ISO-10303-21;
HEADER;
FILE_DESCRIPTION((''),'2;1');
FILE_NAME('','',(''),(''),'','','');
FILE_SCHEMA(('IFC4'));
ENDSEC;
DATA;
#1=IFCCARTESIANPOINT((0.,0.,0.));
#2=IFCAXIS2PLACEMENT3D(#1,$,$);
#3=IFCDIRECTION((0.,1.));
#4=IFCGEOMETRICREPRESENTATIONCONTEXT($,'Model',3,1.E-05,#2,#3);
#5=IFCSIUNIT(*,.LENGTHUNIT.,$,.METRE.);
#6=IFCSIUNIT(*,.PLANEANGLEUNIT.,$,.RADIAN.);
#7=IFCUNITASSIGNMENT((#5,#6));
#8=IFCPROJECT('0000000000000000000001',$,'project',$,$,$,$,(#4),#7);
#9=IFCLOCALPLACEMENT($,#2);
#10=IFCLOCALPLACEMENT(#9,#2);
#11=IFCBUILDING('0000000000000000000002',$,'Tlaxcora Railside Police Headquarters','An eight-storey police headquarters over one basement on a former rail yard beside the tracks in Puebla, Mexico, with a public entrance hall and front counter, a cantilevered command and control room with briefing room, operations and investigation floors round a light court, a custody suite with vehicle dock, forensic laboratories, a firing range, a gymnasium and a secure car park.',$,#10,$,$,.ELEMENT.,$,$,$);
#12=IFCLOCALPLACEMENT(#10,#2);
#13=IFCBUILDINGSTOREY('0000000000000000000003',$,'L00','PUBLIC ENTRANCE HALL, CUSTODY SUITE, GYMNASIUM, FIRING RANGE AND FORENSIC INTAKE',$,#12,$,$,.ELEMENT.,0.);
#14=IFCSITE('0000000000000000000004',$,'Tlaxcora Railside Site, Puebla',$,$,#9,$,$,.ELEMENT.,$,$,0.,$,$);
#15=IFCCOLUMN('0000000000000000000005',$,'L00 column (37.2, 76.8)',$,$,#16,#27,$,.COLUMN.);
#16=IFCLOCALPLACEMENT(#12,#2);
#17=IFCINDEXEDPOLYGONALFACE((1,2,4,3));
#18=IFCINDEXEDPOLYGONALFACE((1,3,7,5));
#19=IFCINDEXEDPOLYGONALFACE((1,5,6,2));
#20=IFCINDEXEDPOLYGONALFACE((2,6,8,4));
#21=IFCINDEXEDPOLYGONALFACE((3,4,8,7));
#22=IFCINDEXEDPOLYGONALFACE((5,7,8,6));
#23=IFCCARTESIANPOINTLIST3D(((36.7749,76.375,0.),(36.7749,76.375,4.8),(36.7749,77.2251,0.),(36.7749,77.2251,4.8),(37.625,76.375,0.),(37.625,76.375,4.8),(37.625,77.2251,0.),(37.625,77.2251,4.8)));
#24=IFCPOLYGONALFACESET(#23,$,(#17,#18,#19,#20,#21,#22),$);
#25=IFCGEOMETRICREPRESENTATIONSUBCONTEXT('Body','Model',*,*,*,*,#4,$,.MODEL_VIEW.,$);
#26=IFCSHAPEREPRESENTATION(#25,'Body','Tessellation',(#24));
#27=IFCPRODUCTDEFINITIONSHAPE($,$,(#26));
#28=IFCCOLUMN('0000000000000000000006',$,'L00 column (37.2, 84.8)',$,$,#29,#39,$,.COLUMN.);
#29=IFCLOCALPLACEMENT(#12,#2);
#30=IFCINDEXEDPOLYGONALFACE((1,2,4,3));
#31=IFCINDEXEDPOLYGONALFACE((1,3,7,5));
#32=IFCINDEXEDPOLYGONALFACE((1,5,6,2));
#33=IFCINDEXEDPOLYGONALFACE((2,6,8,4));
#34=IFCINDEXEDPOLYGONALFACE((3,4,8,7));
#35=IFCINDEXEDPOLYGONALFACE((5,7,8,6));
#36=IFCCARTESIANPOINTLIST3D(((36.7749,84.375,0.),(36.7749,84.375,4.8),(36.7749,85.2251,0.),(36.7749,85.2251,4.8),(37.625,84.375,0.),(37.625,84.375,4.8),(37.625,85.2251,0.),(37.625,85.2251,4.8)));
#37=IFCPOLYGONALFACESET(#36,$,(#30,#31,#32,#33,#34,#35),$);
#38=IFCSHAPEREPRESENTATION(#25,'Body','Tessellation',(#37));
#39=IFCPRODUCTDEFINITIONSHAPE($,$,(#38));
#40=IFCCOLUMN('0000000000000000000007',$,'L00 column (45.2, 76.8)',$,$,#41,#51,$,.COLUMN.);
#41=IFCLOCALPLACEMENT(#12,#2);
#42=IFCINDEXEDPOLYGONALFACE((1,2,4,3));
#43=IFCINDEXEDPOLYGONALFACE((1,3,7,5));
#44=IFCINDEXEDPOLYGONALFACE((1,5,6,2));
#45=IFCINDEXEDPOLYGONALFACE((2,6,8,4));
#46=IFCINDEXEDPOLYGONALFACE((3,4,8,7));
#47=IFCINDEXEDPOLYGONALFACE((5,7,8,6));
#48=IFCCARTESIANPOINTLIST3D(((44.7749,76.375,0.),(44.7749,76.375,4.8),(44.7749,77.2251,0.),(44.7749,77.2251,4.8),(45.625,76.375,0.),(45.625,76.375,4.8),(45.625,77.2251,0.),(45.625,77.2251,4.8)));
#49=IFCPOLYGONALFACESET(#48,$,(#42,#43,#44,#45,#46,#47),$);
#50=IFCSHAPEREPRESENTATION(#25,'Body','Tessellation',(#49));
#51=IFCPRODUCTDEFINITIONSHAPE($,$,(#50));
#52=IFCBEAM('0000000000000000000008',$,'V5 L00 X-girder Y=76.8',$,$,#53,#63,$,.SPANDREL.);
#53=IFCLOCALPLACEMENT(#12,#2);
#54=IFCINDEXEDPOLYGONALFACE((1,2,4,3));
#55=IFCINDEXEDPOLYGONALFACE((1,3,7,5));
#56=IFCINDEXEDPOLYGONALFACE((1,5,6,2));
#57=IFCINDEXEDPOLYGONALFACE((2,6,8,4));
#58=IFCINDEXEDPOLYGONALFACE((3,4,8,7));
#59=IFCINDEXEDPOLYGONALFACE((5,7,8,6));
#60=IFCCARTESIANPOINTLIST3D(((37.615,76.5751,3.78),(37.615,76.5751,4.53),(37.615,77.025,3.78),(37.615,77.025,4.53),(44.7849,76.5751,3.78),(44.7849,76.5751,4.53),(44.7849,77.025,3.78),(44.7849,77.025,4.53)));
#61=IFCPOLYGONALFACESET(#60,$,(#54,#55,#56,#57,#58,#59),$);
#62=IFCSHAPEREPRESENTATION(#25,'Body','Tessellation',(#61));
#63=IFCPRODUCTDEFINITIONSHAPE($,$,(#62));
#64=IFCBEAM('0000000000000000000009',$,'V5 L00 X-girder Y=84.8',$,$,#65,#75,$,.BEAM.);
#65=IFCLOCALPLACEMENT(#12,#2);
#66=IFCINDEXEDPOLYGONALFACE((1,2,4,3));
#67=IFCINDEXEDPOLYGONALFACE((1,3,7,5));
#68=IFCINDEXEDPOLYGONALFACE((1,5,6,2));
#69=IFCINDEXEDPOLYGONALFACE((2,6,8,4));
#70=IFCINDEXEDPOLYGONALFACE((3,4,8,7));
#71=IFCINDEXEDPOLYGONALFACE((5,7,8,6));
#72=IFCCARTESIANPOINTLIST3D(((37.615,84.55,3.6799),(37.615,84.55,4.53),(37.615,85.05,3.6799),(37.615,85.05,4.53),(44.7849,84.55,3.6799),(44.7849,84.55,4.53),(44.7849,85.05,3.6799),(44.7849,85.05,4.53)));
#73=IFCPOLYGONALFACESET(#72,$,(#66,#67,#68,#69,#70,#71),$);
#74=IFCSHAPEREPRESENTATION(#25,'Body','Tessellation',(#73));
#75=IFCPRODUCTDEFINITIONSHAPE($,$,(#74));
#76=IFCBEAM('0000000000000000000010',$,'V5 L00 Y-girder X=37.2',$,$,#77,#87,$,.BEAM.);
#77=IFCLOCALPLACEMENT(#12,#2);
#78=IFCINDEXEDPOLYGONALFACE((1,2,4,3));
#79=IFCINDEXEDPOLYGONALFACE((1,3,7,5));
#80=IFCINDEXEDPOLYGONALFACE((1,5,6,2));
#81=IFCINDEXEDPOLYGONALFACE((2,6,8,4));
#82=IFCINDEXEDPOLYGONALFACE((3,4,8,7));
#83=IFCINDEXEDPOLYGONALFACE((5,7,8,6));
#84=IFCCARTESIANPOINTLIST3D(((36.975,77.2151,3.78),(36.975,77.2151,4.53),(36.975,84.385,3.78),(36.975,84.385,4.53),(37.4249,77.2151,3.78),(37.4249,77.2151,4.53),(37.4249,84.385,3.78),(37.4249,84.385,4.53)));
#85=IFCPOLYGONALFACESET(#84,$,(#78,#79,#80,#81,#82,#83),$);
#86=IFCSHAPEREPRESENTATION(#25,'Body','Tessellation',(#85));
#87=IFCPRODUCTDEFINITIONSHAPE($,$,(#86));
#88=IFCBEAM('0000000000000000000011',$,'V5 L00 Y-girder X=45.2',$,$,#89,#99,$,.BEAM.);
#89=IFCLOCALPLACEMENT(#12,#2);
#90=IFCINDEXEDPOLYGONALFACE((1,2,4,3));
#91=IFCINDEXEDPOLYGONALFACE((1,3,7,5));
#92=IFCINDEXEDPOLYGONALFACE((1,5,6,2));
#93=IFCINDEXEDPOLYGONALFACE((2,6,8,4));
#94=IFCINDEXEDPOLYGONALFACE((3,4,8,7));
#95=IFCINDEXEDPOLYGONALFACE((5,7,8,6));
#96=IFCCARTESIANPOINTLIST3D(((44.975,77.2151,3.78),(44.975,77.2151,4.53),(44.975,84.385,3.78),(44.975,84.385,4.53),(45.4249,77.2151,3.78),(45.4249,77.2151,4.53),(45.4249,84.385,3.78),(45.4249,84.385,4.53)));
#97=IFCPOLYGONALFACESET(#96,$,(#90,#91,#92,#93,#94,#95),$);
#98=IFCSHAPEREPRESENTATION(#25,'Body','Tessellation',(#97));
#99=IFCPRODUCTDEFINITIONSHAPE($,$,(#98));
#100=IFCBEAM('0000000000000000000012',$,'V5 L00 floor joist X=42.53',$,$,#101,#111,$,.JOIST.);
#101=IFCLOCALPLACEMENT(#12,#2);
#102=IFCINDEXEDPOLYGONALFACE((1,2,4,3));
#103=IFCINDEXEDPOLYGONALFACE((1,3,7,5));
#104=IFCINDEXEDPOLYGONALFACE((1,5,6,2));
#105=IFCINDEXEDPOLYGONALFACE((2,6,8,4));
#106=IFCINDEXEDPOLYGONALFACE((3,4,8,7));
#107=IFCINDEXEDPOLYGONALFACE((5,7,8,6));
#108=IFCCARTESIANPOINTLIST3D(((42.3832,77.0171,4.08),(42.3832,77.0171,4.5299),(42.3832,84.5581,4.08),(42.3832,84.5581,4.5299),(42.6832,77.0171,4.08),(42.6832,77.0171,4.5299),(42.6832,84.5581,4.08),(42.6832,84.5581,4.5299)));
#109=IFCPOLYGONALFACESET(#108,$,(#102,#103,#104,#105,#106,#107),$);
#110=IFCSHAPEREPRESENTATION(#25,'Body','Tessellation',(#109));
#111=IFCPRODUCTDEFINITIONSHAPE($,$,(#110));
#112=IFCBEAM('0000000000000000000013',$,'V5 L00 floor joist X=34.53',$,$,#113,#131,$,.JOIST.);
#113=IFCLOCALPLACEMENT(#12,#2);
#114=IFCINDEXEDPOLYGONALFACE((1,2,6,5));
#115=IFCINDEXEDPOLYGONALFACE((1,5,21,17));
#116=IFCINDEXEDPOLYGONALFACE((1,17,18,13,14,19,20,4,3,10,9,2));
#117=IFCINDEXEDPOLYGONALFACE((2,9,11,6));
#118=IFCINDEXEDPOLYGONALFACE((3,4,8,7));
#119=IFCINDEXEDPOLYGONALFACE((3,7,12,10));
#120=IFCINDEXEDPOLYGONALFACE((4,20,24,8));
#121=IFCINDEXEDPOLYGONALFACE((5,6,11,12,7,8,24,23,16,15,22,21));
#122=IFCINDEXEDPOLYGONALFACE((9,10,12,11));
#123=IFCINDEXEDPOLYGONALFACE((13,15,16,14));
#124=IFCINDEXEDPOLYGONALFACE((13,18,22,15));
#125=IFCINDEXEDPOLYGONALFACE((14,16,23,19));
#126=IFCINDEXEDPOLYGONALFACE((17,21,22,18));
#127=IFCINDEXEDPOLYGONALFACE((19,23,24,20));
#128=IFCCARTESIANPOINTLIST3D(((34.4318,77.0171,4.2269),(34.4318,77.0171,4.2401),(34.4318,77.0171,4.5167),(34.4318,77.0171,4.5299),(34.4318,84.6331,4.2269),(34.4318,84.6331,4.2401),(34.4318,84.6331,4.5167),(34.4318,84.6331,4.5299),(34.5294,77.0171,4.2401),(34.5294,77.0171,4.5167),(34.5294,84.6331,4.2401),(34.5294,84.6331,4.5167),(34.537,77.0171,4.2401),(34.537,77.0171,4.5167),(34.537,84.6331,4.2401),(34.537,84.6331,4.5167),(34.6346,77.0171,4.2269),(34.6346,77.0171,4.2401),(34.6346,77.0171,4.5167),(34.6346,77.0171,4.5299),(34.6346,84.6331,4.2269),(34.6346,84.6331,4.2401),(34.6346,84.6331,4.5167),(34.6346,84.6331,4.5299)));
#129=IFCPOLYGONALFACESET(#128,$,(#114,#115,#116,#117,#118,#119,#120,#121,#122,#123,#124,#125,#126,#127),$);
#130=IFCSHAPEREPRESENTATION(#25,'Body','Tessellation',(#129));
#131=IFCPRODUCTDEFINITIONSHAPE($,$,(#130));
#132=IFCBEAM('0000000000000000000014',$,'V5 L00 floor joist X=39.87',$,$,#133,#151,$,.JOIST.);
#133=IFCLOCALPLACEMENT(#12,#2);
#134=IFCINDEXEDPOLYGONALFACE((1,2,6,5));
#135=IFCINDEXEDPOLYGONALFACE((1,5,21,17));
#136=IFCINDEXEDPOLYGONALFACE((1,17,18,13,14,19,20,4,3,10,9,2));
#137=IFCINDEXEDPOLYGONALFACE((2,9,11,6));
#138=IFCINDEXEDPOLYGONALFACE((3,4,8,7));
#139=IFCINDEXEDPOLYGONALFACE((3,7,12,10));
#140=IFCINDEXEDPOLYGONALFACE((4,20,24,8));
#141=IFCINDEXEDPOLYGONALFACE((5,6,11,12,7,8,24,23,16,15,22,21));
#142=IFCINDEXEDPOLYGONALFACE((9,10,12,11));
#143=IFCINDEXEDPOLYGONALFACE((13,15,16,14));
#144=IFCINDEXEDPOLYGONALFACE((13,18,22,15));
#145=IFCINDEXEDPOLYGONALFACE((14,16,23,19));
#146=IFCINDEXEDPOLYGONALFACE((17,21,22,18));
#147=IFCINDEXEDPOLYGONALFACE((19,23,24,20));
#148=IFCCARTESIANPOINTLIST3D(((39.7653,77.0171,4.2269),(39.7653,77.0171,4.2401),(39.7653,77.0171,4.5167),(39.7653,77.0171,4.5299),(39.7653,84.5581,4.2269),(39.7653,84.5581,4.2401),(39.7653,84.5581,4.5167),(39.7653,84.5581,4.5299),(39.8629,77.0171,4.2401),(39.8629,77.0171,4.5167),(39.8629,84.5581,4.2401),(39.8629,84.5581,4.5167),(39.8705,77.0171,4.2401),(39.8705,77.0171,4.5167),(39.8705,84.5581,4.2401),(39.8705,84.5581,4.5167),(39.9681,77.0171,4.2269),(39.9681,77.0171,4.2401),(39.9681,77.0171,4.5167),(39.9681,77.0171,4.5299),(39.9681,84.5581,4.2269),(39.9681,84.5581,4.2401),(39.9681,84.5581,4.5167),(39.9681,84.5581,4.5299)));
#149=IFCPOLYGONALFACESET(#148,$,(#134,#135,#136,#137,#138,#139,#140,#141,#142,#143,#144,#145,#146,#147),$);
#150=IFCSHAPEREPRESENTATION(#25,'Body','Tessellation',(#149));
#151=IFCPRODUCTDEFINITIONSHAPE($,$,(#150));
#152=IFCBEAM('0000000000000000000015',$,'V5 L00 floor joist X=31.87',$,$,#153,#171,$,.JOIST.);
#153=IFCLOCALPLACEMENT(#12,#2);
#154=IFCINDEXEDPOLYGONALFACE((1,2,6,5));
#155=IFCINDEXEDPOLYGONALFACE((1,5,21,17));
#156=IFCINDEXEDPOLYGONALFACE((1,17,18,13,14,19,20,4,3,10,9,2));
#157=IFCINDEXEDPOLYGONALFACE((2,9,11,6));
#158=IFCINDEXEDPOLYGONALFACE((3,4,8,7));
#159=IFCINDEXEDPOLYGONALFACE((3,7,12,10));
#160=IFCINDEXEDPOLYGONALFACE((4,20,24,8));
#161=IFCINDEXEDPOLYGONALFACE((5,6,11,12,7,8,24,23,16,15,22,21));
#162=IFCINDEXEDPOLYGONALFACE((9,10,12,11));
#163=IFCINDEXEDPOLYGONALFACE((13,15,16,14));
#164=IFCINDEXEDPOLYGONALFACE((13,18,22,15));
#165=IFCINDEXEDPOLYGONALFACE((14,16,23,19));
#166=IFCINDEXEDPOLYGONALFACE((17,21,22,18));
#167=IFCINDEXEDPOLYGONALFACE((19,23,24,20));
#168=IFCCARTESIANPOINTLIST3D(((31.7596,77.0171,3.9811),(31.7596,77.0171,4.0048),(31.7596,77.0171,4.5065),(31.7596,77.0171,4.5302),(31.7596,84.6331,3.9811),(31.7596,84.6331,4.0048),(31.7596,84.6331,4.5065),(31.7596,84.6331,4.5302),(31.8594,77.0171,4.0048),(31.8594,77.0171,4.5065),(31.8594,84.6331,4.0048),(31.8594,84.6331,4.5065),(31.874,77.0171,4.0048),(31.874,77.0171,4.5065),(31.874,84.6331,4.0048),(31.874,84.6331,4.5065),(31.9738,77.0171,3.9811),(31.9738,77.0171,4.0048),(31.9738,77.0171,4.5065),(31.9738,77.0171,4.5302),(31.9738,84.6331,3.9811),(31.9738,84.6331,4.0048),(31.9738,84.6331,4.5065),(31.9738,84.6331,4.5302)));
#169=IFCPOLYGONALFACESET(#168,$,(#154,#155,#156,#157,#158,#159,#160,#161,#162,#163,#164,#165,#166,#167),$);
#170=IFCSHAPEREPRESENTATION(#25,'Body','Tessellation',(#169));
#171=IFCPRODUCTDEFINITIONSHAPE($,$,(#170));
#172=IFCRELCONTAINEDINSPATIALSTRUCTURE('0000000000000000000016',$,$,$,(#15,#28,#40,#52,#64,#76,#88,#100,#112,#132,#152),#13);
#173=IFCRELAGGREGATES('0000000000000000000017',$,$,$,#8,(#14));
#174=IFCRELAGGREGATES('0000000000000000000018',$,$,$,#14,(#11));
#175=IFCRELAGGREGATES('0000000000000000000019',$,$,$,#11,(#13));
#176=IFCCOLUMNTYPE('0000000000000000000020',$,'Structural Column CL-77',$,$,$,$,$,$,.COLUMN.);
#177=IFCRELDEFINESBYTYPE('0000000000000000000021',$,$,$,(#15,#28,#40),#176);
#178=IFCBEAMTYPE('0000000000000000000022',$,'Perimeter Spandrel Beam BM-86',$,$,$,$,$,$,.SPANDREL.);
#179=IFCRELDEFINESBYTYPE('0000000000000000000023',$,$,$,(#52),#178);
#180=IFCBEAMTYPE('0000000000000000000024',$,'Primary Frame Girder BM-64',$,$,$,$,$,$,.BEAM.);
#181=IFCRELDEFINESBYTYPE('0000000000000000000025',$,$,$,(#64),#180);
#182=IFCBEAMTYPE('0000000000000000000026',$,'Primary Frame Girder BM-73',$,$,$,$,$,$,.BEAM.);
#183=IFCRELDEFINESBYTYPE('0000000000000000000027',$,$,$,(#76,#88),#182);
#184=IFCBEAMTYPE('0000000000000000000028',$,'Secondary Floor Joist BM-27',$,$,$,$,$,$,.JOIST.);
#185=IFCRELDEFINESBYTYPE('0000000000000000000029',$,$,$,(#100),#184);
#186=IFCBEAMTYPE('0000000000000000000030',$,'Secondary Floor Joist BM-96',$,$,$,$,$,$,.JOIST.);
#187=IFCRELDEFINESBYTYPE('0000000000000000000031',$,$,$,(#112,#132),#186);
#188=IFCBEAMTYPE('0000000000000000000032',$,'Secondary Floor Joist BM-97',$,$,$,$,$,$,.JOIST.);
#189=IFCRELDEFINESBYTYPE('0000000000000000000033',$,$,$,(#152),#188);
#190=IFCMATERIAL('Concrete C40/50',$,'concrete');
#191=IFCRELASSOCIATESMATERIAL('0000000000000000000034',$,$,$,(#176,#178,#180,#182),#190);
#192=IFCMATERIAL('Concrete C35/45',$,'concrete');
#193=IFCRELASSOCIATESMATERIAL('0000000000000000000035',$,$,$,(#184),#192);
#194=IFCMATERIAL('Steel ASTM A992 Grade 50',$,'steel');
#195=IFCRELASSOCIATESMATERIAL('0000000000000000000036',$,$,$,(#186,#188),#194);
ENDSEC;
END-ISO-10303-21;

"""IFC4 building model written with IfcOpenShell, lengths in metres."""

from ifc_helpers import new_model, si_unit, direction, frame, origin, origin_2d, place, context, subcontext, project, spatial, rectangle, i_section, extrude, material, material_profile, profile_set, type_object, element, save


model = new_model("IFC4")

# Units and contexts
model_context = context("Model", 3, precision=1e-05, world=origin(), true_north=direction((0.0, 1.0)))
body_context = subcontext(model_context, "Body", "Model", "MODEL_VIEW")
ifc_project = project(units=[si_unit("LENGTHUNIT", "METRE"), si_unit("PLANEANGLEUNIT", "RADIAN")], contexts=[model_context])

# Site, building, storey
site_placement = place(None, origin())
site = spatial("IfcSite", under=ifc_project, at=site_placement, Name="Tlaxcora Railside Site, Puebla", CompositionType="ELEMENT", RefElevation=0.0)
building_placement = place(site_placement, origin())
building = spatial("IfcBuilding", under=site, at=building_placement, Name="Tlaxcora Railside Police Headquarters", Description="An eight-storey police headquarters over one basement on a former rail yard beside the tracks in Puebla, Mexico, with a public entrance hall and front counter, a cantilevered command and control room with briefing room, operations and investigation floors round a light court, a custody suite with vehicle dock, forensic laboratories, a firing range, a gymnasium and a secure car park.", CompositionType="ELEMENT")
storey_placement = place(building_placement, origin())
storey = spatial("IfcBuildingStorey", under=building, at=storey_placement, Name="L00", Description="PUBLIC ENTRANCE HALL, CUSTODY SUITE, GYMNASIUM, FIRING RANGE AND FORENSIC INTAKE", CompositionType="ELEMENT", Elevation=0.0)

# Columns
ifc_material_1 = material(Name="Concrete C40/50", Category="concrete")
ifc_material_profile_1 = material_profile(ifc_material_1, rectangle(XDim=0.8501, YDim=0.8501, at=origin_2d()), Name="RC850X850")
ifc_profile_set_1 = profile_set([ifc_material_profile_1], Name="Concrete C40/50")
column_type = type_object("IfcColumnType", Name="Structural Column CL-77", PredefinedType="COLUMN", material=ifc_profile_set_1)
for number, where, z_axis, x_axis, name in (
    (1, (37.2, 76.8, 0.0), (0.0, 0.0, 1.0), (1.0, 0.0, 0.0), "L00 column (37.2, 76.8)"),
    (2, (37.2, 84.8, 0.0), (0.0, 0.0, 1.0), (1.0, 0.0, 0.0), "L00 column (37.2, 84.8)"),
    (3, (45.2, 76.8, 0.0), (0.0, 0.0, 1.0), (1.0, 0.0, 0.0), "L00 column (45.2, 76.8)"),
):
    element("IfcColumn", number, at=place(storey_placement, frame(where, z_axis=z_axis, x_axis=x_axis)), inside=storey, type_object=column_type, Name=name, PredefinedType="COLUMN", context=body_context, shape_type="SweptSolid", body=[
        extrude(rectangle(XDim=0.8501, YDim=0.8501, at=origin_2d()), origin(), (0.0, 0.0, 1.0), 4.8),
    ])

# Beams
ifc_material_profile_2 = material_profile(ifc_material_1, rectangle(XDim=0.45, YDim=0.75, at=origin_2d()), Name="RC450X750")
ifc_profile_set_2 = profile_set([ifc_material_profile_2], Name="Concrete C40/50")
beam_type_1 = type_object("IfcBeamType", Name="Perimeter Spandrel Beam BM-86", PredefinedType="SPANDREL", material=ifc_profile_set_2)
beam_1_placement = place(storey_placement, frame((37.615, 76.8, 4.155), z_axis=(1.0, 0.0, 0.0), x_axis=(0.0, 1.0, 0.0)))
element("IfcBeam", 4, at=beam_1_placement, inside=storey, type_object=beam_type_1, Name="V5 L00 X-girder Y=76.8", PredefinedType="SPANDREL", context=body_context, shape_type="SweptSolid", body=[
    extrude(rectangle(XDim=0.45, YDim=0.75, at=origin_2d()), origin(), (0.0, 0.0, 1.0), 7.1699),
])
ifc_material_profile_3 = material_profile(ifc_material_1, rectangle(XDim=0.5, YDim=0.8501, at=origin_2d()), Name="RC500X850")
ifc_profile_set_3 = profile_set([ifc_material_profile_3], Name="Concrete C40/50")
beam_type_2 = type_object("IfcBeamType", Name="Primary Frame Girder BM-64", PredefinedType="BEAM", material=ifc_profile_set_3)
beam_2_placement = place(storey_placement, frame((37.615, 84.8, 4.105), z_axis=(1.0, 0.0, 0.0), x_axis=(0.0, 1.0, 0.0)))
element("IfcBeam", 5, at=beam_2_placement, inside=storey, type_object=beam_type_2, Name="V5 L00 X-girder Y=84.8", PredefinedType="BEAM", context=body_context, shape_type="SweptSolid", body=[
    extrude(rectangle(XDim=0.5, YDim=0.8501, at=origin_2d()), origin(), (0.0, 0.0, 1.0), 7.1699),
])
ifc_material_profile_4 = material_profile(ifc_material_1, rectangle(XDim=0.45, YDim=0.75, at=origin_2d()), Name="RC450X750")
ifc_profile_set_4 = profile_set([ifc_material_profile_4], Name="Concrete C40/50")
beam_type_3 = type_object("IfcBeamType", Name="Primary Frame Girder BM-73", PredefinedType="BEAM", material=ifc_profile_set_4)
for number, where, z_axis, x_axis, name in (
    (6, (37.2, 77.2151, 4.155), (0.0, 1.0, 0.0), (-1.0, 0.0, 0.0), "V5 L00 Y-girder X=37.2"),
    (7, (45.2, 77.2151, 4.155), (0.0, 1.0, 0.0), (-1.0, 0.0, 0.0), "V5 L00 Y-girder X=45.2"),
):
    element("IfcBeam", number, at=place(storey_placement, frame(where, z_axis=z_axis, x_axis=x_axis)), inside=storey, type_object=beam_type_3, Name=name, PredefinedType="BEAM", context=body_context, shape_type="SweptSolid", body=[
        extrude(rectangle(XDim=0.45, YDim=0.75, at=origin_2d()), origin(), (0.0, 0.0, 1.0), 7.1699),
    ])
ifc_material_2 = material(Name="Concrete C35/45", Category="concrete")
ifc_material_profile_5 = material_profile(ifc_material_2, rectangle(XDim=0.3, YDim=0.45, at=origin_2d()), Name="RC300X450")
ifc_profile_set_5 = profile_set([ifc_material_profile_5], Name="Concrete C35/45")
beam_type_4 = type_object("IfcBeamType", Name="Secondary Floor Joist BM-27", PredefinedType="JOIST", material=ifc_profile_set_5)
beam_3_placement = place(storey_placement, frame((42.5332, 77.0171, 4.3049), z_axis=(0.0, 1.0, 0.0), x_axis=(-1.0, 0.0, 0.0)))
element("IfcBeam", 8, at=beam_3_placement, inside=storey, type_object=beam_type_4, Name="V5 L00 floor joist X=42.53", PredefinedType="JOIST", context=body_context, shape_type="SweptSolid", body=[
    extrude(rectangle(XDim=0.3, YDim=0.45, at=origin_2d()), origin(), (0.0, 0.0, 1.0), 7.541),
])
ifc_material_3 = material(Name="Steel ASTM A992 Grade 50", Category="steel")
ifc_material_profile_6 = material_profile(ifc_material_3, i_section(OverallWidth=0.2029, OverallDepth=0.303, WebThickness=0.0076, FlangeThickness=0.0132, at=origin_2d()), Name="W12X40")
ifc_profile_set_6 = profile_set([ifc_material_profile_6], Name="Steel ASTM A992 Grade 50")
beam_type_5 = type_object("IfcBeamType", Name="Secondary Floor Joist BM-96", PredefinedType="JOIST", material=ifc_profile_set_6)
beam_4_placement = place(storey_placement, frame((34.5332, 77.0171, 4.3784), z_axis=(0.0, 1.0, 0.0), x_axis=(-1.0, 0.0, 0.0)))
element("IfcBeam", 9, at=beam_4_placement, inside=storey, type_object=beam_type_5, Name="V5 L00 floor joist X=34.53", PredefinedType="JOIST", context=body_context, shape_type="SweptSolid", body=[
    extrude(i_section(OverallWidth=0.2029, OverallDepth=0.303, WebThickness=0.0076, FlangeThickness=0.0132, at=origin_2d()), origin(), (0.0, 0.0, 1.0), 7.616),
])
beam_5_placement = place(storey_placement, frame((39.8667, 77.0171, 4.3784), z_axis=(0.0, 1.0, 0.0), x_axis=(-1.0, 0.0, 0.0)))
element("IfcBeam", 10, at=beam_5_placement, inside=storey, type_object=beam_type_5, Name="V5 L00 floor joist X=39.87", PredefinedType="JOIST", context=body_context, shape_type="SweptSolid", body=[
    extrude(i_section(OverallWidth=0.2029, OverallDepth=0.303, WebThickness=0.0076, FlangeThickness=0.0132, at=origin_2d()), origin(), (0.0, 0.0, 1.0), 7.541),
])
ifc_material_profile_7 = material_profile(ifc_material_3, i_section(OverallWidth=0.2141, OverallDepth=0.5491, WebThickness=0.0146, FlangeThickness=0.0237, at=origin_2d()), Name="W21X93")
ifc_profile_set_7 = profile_set([ifc_material_profile_7], Name="Steel ASTM A992 Grade 50")
beam_type_6 = type_object("IfcBeamType", Name="Secondary Floor Joist BM-97", PredefinedType="JOIST", material=ifc_profile_set_7)
beam_6_placement = place(storey_placement, frame((31.8667, 77.0171, 4.2556), z_axis=(0.0, 1.0, 0.0), x_axis=(-1.0, 0.0, 0.0)))
element("IfcBeam", 11, at=beam_6_placement, inside=storey, type_object=beam_type_6, Name="V5 L00 floor joist X=31.87", PredefinedType="JOIST", context=body_context, shape_type="SweptSolid", body=[
    extrude(i_section(OverallWidth=0.2141, OverallDepth=0.5491, WebThickness=0.0146, FlangeThickness=0.0237, at=origin_2d()), origin(), (0.0, 0.0, 1.0), 7.616),
])

save(model, "model.ifc")
